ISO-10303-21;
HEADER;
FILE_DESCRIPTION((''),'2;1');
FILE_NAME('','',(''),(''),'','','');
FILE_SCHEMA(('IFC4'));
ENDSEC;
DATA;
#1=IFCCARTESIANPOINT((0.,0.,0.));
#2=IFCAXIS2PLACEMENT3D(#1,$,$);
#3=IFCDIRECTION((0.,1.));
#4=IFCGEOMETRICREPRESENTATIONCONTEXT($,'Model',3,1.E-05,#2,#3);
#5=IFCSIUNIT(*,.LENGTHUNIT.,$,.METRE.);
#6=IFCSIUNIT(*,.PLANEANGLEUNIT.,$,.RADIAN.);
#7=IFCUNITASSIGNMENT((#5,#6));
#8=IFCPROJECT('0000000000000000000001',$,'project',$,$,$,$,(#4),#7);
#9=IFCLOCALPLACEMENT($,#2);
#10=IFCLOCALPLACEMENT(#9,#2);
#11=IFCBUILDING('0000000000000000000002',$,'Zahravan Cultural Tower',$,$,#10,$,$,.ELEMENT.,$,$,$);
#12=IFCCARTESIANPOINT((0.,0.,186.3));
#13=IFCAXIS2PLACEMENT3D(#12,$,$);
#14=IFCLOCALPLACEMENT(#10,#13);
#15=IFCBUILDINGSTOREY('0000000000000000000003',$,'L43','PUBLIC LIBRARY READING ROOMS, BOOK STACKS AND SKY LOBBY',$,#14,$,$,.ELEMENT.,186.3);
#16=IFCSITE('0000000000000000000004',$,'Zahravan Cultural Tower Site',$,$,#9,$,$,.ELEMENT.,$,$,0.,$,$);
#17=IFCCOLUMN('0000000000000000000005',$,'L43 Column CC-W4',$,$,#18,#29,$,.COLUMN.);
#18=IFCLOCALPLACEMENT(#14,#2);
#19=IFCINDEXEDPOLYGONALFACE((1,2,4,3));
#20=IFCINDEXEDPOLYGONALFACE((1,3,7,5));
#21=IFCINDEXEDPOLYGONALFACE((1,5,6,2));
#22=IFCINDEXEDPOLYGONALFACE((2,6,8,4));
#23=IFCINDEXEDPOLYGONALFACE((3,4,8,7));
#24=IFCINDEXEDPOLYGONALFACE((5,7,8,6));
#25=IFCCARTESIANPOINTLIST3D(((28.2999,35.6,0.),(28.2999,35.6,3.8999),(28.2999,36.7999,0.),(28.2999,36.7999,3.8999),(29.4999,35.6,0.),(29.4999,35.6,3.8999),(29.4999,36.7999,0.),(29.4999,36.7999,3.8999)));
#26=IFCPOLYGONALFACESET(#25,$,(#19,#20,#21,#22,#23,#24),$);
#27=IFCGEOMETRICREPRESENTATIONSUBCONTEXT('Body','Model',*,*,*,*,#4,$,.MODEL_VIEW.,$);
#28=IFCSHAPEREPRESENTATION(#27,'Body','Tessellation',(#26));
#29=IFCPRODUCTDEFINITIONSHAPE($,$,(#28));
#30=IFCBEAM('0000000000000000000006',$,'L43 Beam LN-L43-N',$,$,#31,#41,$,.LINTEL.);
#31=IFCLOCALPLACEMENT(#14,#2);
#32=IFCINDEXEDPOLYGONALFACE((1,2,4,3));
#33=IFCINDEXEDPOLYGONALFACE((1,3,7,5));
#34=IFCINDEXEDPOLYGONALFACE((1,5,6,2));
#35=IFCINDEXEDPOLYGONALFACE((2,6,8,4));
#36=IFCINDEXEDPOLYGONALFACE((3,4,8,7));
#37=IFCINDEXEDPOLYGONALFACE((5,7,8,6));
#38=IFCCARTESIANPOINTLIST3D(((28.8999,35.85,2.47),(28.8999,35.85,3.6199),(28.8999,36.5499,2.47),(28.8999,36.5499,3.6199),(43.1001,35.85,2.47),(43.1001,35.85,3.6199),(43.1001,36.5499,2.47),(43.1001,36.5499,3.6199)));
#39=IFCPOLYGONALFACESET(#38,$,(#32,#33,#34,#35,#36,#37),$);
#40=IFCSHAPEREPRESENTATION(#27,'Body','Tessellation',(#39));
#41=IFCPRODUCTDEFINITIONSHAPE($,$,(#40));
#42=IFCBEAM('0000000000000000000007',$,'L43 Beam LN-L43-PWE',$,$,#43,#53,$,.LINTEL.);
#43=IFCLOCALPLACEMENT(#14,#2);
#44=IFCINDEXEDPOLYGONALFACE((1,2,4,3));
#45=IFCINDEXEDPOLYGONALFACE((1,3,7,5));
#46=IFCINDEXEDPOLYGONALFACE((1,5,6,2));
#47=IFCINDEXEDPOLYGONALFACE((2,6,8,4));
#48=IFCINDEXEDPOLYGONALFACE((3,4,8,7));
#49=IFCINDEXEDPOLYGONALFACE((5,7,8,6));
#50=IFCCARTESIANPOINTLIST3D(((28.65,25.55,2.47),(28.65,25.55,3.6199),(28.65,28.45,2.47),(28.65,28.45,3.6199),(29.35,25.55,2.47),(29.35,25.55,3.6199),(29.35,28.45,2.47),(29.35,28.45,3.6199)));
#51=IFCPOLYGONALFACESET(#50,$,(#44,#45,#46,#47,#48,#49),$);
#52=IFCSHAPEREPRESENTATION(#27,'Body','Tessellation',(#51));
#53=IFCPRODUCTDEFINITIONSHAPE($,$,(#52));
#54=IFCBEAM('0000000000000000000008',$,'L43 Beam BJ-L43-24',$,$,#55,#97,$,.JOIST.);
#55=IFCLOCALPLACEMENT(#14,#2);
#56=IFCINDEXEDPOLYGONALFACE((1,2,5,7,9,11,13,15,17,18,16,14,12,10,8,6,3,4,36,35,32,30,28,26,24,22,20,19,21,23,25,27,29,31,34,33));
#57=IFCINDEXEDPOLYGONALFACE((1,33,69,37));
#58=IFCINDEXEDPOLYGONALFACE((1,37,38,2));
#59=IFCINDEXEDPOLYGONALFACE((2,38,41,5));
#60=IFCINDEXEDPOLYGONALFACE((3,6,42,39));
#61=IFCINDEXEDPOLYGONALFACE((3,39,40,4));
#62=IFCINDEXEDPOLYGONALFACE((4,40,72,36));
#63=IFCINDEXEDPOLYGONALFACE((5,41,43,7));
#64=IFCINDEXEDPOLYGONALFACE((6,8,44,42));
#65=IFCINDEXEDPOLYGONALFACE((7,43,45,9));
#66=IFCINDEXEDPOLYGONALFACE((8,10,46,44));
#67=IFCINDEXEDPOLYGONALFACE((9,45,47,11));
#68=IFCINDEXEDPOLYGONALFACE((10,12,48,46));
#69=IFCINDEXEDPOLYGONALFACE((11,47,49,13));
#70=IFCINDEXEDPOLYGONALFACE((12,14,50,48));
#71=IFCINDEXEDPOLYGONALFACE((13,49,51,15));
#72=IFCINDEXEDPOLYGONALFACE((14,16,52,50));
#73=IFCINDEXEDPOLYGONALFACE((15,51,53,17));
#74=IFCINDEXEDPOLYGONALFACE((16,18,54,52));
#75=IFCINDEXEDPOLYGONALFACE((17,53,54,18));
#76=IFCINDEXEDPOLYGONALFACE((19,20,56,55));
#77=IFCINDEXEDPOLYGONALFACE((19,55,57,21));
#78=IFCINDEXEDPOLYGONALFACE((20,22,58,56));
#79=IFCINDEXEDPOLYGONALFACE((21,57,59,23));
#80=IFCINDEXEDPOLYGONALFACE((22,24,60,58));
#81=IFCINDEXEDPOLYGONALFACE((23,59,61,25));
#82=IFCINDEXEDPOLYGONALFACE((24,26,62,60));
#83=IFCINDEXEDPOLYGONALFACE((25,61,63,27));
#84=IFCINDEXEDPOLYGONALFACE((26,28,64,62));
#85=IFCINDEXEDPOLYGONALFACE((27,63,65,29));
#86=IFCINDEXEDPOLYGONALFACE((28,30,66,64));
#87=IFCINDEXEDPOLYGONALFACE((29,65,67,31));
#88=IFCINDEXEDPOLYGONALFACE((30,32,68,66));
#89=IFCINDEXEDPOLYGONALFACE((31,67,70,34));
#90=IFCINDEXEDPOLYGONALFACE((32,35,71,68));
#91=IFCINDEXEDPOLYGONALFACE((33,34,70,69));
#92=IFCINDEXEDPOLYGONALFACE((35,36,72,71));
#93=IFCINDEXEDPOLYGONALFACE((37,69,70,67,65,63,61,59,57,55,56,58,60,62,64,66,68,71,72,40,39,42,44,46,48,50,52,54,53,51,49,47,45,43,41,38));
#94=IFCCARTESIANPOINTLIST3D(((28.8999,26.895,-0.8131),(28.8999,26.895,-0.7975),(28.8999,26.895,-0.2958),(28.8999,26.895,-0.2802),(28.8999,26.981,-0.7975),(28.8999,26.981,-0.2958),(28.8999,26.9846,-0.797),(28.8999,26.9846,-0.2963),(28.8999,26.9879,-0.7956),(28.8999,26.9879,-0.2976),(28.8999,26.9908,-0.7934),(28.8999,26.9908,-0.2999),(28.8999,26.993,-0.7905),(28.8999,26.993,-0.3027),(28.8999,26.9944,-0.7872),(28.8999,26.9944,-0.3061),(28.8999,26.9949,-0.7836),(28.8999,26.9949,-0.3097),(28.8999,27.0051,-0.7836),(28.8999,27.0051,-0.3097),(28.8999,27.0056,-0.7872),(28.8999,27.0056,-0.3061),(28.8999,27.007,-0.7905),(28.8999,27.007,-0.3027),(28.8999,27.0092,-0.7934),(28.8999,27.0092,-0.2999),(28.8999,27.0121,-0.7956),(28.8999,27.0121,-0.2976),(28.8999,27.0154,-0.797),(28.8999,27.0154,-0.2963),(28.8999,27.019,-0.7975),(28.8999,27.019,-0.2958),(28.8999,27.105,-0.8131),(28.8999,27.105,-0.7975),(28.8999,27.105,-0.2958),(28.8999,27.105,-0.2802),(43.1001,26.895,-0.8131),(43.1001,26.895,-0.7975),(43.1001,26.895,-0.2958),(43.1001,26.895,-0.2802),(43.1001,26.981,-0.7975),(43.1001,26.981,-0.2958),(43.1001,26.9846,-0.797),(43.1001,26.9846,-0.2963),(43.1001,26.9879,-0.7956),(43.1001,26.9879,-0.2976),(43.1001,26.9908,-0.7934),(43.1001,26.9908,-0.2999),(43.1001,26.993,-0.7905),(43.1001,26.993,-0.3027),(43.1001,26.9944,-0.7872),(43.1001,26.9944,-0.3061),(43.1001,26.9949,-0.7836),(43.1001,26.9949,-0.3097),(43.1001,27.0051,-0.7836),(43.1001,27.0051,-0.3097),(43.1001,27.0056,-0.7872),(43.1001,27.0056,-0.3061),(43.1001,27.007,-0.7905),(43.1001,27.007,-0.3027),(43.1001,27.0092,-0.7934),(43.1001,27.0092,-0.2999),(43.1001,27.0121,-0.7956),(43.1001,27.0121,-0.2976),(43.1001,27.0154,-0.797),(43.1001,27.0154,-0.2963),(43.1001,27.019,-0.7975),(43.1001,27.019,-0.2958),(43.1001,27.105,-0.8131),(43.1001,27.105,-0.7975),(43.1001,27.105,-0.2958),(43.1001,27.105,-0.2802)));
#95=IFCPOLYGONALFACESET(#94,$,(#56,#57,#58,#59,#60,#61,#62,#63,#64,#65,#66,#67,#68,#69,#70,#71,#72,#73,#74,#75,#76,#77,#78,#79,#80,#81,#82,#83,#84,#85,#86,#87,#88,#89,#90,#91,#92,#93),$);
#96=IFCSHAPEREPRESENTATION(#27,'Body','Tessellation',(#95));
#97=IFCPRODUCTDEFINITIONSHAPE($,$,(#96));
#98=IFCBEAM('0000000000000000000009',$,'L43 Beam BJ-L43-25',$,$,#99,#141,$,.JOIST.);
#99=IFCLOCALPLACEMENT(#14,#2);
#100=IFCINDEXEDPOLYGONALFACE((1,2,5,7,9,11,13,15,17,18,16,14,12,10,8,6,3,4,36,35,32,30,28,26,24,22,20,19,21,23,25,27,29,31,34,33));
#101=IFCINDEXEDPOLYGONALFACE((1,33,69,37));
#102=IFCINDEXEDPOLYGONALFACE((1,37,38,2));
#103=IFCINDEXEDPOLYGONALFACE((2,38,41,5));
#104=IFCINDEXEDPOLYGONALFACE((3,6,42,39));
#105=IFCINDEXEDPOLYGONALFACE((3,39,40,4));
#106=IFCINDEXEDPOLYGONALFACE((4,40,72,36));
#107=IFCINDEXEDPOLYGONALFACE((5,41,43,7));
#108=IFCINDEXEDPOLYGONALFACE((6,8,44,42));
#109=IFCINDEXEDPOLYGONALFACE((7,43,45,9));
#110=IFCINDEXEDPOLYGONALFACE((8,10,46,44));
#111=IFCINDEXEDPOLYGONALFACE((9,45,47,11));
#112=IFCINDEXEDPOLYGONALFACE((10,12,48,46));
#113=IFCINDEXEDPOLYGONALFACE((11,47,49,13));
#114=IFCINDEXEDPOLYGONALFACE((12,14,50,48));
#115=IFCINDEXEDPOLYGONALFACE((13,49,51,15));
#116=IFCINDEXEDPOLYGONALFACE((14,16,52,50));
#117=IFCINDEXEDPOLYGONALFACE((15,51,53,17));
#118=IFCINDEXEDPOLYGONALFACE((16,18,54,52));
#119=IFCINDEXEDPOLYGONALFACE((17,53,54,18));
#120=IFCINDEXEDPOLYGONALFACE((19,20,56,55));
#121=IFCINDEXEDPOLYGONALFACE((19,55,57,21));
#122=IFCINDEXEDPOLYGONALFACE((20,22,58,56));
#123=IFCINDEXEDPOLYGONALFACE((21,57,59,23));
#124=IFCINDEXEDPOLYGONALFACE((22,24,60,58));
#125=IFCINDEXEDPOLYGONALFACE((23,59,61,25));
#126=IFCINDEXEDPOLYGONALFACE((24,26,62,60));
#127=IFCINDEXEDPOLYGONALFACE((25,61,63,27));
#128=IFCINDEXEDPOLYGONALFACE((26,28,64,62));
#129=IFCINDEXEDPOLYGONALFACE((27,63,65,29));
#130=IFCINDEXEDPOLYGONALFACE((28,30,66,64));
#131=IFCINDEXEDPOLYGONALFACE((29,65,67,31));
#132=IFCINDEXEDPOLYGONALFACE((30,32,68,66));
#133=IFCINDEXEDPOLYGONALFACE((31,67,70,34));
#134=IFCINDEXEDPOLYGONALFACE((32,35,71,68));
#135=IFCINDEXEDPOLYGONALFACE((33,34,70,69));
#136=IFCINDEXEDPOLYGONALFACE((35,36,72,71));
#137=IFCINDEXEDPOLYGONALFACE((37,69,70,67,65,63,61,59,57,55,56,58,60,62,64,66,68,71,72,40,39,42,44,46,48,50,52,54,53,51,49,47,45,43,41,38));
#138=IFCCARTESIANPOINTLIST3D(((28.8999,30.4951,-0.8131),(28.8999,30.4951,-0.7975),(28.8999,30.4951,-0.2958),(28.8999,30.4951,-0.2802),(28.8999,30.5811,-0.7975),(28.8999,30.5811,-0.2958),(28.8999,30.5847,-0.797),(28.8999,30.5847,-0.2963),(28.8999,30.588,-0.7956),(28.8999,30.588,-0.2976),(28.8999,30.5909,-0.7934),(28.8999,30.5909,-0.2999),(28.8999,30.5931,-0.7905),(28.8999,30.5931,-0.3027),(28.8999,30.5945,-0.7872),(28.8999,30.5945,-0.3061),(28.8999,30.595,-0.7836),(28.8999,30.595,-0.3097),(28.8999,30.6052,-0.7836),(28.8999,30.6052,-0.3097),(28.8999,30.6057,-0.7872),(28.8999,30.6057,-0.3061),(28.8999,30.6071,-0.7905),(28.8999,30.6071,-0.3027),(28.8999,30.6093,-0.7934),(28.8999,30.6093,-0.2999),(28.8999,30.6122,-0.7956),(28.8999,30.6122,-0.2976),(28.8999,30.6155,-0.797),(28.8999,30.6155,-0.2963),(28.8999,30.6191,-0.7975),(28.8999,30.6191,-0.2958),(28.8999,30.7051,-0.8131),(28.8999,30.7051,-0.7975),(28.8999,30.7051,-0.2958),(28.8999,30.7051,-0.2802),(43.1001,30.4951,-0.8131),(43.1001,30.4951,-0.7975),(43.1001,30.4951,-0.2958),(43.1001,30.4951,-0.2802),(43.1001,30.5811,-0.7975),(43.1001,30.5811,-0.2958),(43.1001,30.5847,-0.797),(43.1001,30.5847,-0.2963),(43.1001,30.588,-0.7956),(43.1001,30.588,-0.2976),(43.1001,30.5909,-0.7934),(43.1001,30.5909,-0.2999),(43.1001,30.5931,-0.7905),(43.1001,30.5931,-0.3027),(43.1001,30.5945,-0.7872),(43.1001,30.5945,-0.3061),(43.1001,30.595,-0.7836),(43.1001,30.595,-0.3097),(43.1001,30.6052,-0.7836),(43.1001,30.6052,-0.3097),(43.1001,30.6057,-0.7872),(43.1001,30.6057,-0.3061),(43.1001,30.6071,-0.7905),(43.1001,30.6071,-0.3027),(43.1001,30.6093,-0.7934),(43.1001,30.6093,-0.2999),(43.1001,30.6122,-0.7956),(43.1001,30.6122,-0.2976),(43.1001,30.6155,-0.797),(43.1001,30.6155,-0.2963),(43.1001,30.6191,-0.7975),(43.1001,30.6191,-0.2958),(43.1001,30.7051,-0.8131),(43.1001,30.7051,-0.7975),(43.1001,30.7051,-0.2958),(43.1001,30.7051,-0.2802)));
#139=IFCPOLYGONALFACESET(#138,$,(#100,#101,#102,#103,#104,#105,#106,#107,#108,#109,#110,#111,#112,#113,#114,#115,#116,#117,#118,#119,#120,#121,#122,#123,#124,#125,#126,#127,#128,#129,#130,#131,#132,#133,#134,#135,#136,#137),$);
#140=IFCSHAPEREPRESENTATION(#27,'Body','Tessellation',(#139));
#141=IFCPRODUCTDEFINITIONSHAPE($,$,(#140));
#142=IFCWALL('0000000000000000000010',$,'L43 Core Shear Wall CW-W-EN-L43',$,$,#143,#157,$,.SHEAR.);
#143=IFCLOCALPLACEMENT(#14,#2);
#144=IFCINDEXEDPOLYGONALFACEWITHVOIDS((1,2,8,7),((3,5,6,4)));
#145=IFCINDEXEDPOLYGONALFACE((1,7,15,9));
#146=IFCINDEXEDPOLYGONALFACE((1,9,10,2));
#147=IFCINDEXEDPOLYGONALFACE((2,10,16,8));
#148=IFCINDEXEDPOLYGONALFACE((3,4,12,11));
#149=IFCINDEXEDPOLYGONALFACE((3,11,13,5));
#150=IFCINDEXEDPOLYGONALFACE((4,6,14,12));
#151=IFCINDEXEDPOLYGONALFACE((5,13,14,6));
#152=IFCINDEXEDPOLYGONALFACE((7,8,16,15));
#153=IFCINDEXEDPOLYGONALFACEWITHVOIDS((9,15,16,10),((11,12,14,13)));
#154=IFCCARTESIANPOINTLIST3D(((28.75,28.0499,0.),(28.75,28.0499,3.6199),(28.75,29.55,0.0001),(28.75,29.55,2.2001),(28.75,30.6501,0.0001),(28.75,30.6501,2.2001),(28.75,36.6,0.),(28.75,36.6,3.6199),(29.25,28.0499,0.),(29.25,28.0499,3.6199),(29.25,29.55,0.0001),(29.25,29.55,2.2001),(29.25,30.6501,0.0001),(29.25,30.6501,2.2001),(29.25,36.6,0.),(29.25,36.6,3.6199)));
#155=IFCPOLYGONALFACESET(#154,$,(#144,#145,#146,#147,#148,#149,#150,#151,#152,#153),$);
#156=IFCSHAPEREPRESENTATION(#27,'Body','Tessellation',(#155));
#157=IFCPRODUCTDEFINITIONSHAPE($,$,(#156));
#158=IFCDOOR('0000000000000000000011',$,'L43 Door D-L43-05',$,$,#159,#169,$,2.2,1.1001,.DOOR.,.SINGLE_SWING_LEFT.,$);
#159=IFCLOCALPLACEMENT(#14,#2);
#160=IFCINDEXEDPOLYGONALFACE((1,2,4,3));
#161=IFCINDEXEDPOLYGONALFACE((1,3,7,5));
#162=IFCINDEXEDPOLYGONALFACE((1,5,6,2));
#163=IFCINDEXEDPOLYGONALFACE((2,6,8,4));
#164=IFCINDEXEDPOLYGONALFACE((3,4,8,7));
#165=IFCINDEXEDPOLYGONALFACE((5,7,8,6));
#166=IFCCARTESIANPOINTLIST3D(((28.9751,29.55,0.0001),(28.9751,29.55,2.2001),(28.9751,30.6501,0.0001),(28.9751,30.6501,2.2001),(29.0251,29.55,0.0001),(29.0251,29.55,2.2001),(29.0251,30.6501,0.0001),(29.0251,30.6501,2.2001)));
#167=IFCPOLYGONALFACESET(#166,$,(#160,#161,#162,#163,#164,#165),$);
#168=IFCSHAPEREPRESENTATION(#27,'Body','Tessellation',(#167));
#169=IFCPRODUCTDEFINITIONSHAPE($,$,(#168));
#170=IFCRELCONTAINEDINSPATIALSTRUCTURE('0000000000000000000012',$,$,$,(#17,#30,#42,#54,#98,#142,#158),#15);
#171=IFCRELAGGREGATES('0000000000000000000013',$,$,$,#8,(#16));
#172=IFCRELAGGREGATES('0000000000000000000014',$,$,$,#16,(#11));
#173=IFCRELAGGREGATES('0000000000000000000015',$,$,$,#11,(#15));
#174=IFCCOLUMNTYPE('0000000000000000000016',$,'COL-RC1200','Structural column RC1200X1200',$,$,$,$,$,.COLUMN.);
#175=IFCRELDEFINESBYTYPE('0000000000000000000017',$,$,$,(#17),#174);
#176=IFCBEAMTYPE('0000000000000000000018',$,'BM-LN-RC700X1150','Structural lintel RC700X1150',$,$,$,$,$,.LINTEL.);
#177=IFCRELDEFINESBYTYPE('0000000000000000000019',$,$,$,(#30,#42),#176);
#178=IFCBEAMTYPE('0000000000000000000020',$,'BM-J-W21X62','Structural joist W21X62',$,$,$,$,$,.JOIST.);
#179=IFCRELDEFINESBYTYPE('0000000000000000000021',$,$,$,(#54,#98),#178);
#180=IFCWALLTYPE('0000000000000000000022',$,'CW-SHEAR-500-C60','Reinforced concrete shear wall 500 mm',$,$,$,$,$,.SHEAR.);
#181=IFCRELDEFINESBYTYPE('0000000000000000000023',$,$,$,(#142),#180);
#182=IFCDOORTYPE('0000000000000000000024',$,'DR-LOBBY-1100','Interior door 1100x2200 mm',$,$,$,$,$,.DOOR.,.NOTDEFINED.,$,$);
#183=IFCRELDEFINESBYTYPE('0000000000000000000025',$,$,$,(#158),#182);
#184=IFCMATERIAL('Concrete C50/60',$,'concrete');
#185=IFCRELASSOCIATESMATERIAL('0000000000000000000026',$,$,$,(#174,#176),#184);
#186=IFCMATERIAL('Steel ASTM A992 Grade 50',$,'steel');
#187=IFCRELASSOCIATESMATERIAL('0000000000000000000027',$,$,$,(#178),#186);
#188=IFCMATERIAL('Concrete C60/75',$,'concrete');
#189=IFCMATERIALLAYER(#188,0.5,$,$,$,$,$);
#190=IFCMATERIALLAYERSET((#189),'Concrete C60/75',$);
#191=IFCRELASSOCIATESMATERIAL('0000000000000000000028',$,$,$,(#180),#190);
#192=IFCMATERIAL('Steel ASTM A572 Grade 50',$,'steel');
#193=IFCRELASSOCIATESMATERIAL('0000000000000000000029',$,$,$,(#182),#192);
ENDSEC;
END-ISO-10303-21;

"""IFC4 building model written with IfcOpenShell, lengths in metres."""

from ifc_helpers import new_model, si_unit, direction, frame, frame_2d, origin, origin_2d, place, context, subcontext, project, spatial, rectangle, i_section, extrude, source, transform, mapped, material, layer, layer_set, material_profile, profile_set, type_object, element, fill, save


model = new_model("IFC4")

# Units and contexts
model_context = context("Model", 3, precision=1e-05, world=origin(), true_north=direction((0.0, 1.0)))
body_context = subcontext(model_context, "Body", "Model", "MODEL_VIEW")
ifc_project = project(units=[si_unit("LENGTHUNIT", "METRE"), si_unit("PLANEANGLEUNIT", "RADIAN")], contexts=[model_context])

# Site, building, storey
site_placement = place(None, origin())
site = spatial("IfcSite", under=ifc_project, at=site_placement, Name="Zahravan Cultural Tower Site", CompositionType="ELEMENT", RefElevation=0.0)
building_placement = place(site_placement, origin())
building = spatial("IfcBuilding", under=site, at=building_placement, Name="Zahravan Cultural Tower", CompositionType="ELEMENT")
storey_placement = place(building_placement, frame((0.0, 0.0, 186.3)))
storey = spatial("IfcBuildingStorey", under=building, at=storey_placement, Name="L43", Description="PUBLIC LIBRARY READING ROOMS, BOOK STACKS AND SKY LOBBY", CompositionType="ELEMENT", Elevation=186.3)

# Column
ifc_material_1 = material(Name="Concrete C50/60", Category="concrete")
ifc_material_profile_1 = material_profile(ifc_material_1, rectangle(XDim=1.2, YDim=1.2, at=origin_2d()), Name="RC1200X1200")
ifc_profile_set_1 = profile_set([ifc_material_profile_1], Name="Concrete C50/60")
column_type = type_object("IfcColumnType", Name="COL-RC1200", Description="Structural column RC1200X1200", PredefinedType="COLUMN", material=ifc_profile_set_1)
shared_shape_1 = source(origin(), body_context, "Body", "SweptSolid", [
    extrude(rectangle(XDim=1.2, YDim=1.2, at=origin_2d()), origin(), (0.0, 0.0, 1.0), 3.8999),
])
column_placement = place(storey_placement, frame((28.8999, 36.2, 0.0), z_axis=(0.0, 0.0, 1.0), x_axis=(1.0, 0.0, 0.0)))
element("IfcColumn", 1, at=column_placement, inside=storey, type_object=column_type, Name="L43 Column CC-W4", PredefinedType="COLUMN", context=body_context, shape_type="MappedRepresentation", body=[
    mapped(shared_shape_1, transform((0.0, 0.0, 0.0), x_axis=(1.0, 0.0, 0.0), y_axis=(0.0, 1.0, 0.0), z_axis=(0.0, 0.0, 1.0), scale=1.0)),
])

# Beams
ifc_material_profile_2 = material_profile(ifc_material_1, rectangle(XDim=0.7, YDim=1.1499, at=origin_2d()), Name="RC700X1150")
ifc_profile_set_2 = profile_set([ifc_material_profile_2], Name="Concrete C50/60")
beam_type_1 = type_object("IfcBeamType", Name="BM-LN-RC700X1150", Description="Structural lintel RC700X1150", PredefinedType="LINTEL", material=ifc_profile_set_2)
shared_shape_2 = source(origin(), body_context, "Body", "SweptSolid", [
    extrude(rectangle(XDim=0.7, YDim=1.1499, at=origin_2d()), origin(), (0.0, 0.0, 1.0), 14.2002),
])
beam_1_placement = place(storey_placement, frame((28.8999, 36.2, 3.0449), z_axis=(1.0, 0.0, 0.0), x_axis=(0.0, 1.0, 0.0)))
element("IfcBeam", 2, at=beam_1_placement, inside=storey, type_object=beam_type_1, Name="L43 Beam LN-L43-N", PredefinedType="LINTEL", context=body_context, shape_type="MappedRepresentation", body=[
    mapped(shared_shape_2, transform((0.0, 0.0, 0.0), x_axis=(1.0, 0.0, 0.0), y_axis=(0.0, 1.0, 0.0), z_axis=(0.0, 0.0, 1.0), scale=1.0)),
])
shared_shape_3 = source(origin(), body_context, "Body", "SweptSolid", [
    extrude(rectangle(XDim=0.7, YDim=1.1499, at=origin_2d()), origin(), (0.0, 0.0, 1.0), 2.8999),
])
beam_2_placement = place(storey_placement, frame((29.0, 25.55, 3.0449), z_axis=(0.0, 1.0, 0.0), x_axis=(-1.0, 0.0, 0.0)))
element("IfcBeam", 3, at=beam_2_placement, inside=storey, type_object=beam_type_1, Name="L43 Beam LN-L43-PWE", PredefinedType="LINTEL", context=body_context, shape_type="MappedRepresentation", body=[
    mapped(shared_shape_3, transform((0.0, 0.0, 0.0), x_axis=(1.0, 0.0, 0.0), y_axis=(0.0, 1.0, 0.0), z_axis=(0.0, 0.0, 1.0), scale=1.0)),
])
ifc_material_2 = material(Name="Steel ASTM A992 Grade 50", Category="steel")
ifc_material_profile_3 = material_profile(ifc_material_2, i_section(OverallWidth=0.21, OverallDepth=0.533, WebThickness=0.0103, FlangeThickness=0.0156, FilletRadius=0.0139, at=origin_2d()), Name="W21X62")
ifc_profile_set_3 = profile_set([ifc_material_profile_3], Name="Steel ASTM A992 Grade 50")
beam_type_2 = type_object("IfcBeamType", Name="BM-J-W21X62", Description="Structural joist W21X62", PredefinedType="JOIST", material=ifc_profile_set_3)
shared_shape_4 = source(origin(), body_context, "Body", "SweptSolid", [
    extrude(i_section(OverallWidth=0.21, OverallDepth=0.533, WebThickness=0.0103, FlangeThickness=0.0156, FilletRadius=0.0139, at=origin_2d()), origin(), (0.0, 0.0, 1.0), 14.2002),
])
for number, where, z_axis, x_axis, name in (
    (4, (28.8999, 27.0, -0.5466), (1.0, 0.0, 0.0), (0.0, 1.0, 0.0), "L43 Beam BJ-L43-24"),
    (5, (28.8999, 30.6001, -0.5466), (1.0, 0.0, 0.0), (0.0, 1.0, 0.0), "L43 Beam BJ-L43-25"),
):
    element("IfcBeam", number, at=place(storey_placement, frame(where, z_axis=z_axis, x_axis=x_axis)), inside=storey, type_object=beam_type_2, Name=name, PredefinedType="JOIST", context=body_context, shape_type="MappedRepresentation", body=[
        mapped(shared_shape_4, transform((0.0, 0.0, 0.0), x_axis=(1.0, 0.0, 0.0), y_axis=(0.0, 1.0, 0.0), z_axis=(0.0, 0.0, 1.0), scale=1.0)),
    ])

# Wall, opening, door
ifc_material_3 = material(Name="Concrete C60/75", Category="concrete")
ifc_layer_1 = layer(ifc_material_3, 0.5)
ifc_layer_set_1 = layer_set([ifc_layer_1], Name="Concrete C60/75")
wall_type_1 = type_object("IfcWallType", Name="CW-SHEAR-500-C60", Description="Reinforced concrete shear wall 500 mm", PredefinedType="SHEAR", material=ifc_layer_set_1)
wall_1_placement = place(storey_placement, frame((29.0, 28.05, 0.0), z_axis=(0.0, 0.0, 1.0), x_axis=(0.0, 1.0, 0.0)))
wall_1 = element("IfcWall", 6, at=wall_1_placement, inside=storey, type_object=wall_type_1, Name="L43 Core Shear Wall CW-W-EN-L43", PredefinedType="SHEAR", context=body_context, shape_type="SweptSolid", body=[
    extrude(rectangle(XDim=8.55, YDim=0.5, at=frame_2d((4.2749, 0.0))), origin(), (0.0, 0.0, 1.0), 3.6199),
])
opening_1_placement = place(wall_1_placement, frame((1.5, 0.0, 0.0)))
opening_1 = element("IfcOpeningElement", 7, at=opening_1_placement, cuts=wall_1, PredefinedType="OPENING", context=body_context, shape_type="SweptSolid", body=[
    extrude(rectangle(XDim=1.1001, YDim=2.2, at=frame_2d((0.55, 1.1001))), frame((0.0, 0.26, 0.0), z_axis=(0.0, -1.0, 0.0), x_axis=(1.0, 0.0, 0.0)), (0.0, 0.0, 1.0), 0.52),
])
ifc_material_4 = material(Name="Steel ASTM A572 Grade 50", Category="steel")
door_type_1 = type_object("IfcDoorType", Name="DR-LOBBY-1100", Description="Interior door 1100x2200 mm", OperationType="NOTDEFINED", PredefinedType="DOOR", material=ifc_material_4)
shared_shape_5 = source(origin(), body_context, "Body", "SweptSolid", [
    extrude(rectangle(XDim=1.1001, YDim=2.2, at=frame_2d((0.55, 1.1001))), frame((0.0, 0.0249, 0.0), z_axis=(0.0, -1.0, 0.0), x_axis=(1.0, 0.0, 0.0)), (0.0, 0.0, 1.0), 0.05),
])
door_1_placement = place(opening_1_placement, origin())
door_1 = element("IfcDoor", 8, at=door_1_placement, inside=storey, type_object=door_type_1, Name="L43 Door D-L43-05", OperationType="SINGLE_SWING_LEFT", OverallHeight=2.2, OverallWidth=1.1001, PredefinedType="DOOR", context=body_context, shape_type="MappedRepresentation", body=[
    mapped(shared_shape_5, transform((0.0, 0.0, 0.0), x_axis=(1.0, 0.0, 0.0), y_axis=(0.0, 1.0, 0.0), z_axis=(0.0, 0.0, 1.0), scale=1.0)),
])
fill(opening_1, door_1)

save(model, "model.ifc")
